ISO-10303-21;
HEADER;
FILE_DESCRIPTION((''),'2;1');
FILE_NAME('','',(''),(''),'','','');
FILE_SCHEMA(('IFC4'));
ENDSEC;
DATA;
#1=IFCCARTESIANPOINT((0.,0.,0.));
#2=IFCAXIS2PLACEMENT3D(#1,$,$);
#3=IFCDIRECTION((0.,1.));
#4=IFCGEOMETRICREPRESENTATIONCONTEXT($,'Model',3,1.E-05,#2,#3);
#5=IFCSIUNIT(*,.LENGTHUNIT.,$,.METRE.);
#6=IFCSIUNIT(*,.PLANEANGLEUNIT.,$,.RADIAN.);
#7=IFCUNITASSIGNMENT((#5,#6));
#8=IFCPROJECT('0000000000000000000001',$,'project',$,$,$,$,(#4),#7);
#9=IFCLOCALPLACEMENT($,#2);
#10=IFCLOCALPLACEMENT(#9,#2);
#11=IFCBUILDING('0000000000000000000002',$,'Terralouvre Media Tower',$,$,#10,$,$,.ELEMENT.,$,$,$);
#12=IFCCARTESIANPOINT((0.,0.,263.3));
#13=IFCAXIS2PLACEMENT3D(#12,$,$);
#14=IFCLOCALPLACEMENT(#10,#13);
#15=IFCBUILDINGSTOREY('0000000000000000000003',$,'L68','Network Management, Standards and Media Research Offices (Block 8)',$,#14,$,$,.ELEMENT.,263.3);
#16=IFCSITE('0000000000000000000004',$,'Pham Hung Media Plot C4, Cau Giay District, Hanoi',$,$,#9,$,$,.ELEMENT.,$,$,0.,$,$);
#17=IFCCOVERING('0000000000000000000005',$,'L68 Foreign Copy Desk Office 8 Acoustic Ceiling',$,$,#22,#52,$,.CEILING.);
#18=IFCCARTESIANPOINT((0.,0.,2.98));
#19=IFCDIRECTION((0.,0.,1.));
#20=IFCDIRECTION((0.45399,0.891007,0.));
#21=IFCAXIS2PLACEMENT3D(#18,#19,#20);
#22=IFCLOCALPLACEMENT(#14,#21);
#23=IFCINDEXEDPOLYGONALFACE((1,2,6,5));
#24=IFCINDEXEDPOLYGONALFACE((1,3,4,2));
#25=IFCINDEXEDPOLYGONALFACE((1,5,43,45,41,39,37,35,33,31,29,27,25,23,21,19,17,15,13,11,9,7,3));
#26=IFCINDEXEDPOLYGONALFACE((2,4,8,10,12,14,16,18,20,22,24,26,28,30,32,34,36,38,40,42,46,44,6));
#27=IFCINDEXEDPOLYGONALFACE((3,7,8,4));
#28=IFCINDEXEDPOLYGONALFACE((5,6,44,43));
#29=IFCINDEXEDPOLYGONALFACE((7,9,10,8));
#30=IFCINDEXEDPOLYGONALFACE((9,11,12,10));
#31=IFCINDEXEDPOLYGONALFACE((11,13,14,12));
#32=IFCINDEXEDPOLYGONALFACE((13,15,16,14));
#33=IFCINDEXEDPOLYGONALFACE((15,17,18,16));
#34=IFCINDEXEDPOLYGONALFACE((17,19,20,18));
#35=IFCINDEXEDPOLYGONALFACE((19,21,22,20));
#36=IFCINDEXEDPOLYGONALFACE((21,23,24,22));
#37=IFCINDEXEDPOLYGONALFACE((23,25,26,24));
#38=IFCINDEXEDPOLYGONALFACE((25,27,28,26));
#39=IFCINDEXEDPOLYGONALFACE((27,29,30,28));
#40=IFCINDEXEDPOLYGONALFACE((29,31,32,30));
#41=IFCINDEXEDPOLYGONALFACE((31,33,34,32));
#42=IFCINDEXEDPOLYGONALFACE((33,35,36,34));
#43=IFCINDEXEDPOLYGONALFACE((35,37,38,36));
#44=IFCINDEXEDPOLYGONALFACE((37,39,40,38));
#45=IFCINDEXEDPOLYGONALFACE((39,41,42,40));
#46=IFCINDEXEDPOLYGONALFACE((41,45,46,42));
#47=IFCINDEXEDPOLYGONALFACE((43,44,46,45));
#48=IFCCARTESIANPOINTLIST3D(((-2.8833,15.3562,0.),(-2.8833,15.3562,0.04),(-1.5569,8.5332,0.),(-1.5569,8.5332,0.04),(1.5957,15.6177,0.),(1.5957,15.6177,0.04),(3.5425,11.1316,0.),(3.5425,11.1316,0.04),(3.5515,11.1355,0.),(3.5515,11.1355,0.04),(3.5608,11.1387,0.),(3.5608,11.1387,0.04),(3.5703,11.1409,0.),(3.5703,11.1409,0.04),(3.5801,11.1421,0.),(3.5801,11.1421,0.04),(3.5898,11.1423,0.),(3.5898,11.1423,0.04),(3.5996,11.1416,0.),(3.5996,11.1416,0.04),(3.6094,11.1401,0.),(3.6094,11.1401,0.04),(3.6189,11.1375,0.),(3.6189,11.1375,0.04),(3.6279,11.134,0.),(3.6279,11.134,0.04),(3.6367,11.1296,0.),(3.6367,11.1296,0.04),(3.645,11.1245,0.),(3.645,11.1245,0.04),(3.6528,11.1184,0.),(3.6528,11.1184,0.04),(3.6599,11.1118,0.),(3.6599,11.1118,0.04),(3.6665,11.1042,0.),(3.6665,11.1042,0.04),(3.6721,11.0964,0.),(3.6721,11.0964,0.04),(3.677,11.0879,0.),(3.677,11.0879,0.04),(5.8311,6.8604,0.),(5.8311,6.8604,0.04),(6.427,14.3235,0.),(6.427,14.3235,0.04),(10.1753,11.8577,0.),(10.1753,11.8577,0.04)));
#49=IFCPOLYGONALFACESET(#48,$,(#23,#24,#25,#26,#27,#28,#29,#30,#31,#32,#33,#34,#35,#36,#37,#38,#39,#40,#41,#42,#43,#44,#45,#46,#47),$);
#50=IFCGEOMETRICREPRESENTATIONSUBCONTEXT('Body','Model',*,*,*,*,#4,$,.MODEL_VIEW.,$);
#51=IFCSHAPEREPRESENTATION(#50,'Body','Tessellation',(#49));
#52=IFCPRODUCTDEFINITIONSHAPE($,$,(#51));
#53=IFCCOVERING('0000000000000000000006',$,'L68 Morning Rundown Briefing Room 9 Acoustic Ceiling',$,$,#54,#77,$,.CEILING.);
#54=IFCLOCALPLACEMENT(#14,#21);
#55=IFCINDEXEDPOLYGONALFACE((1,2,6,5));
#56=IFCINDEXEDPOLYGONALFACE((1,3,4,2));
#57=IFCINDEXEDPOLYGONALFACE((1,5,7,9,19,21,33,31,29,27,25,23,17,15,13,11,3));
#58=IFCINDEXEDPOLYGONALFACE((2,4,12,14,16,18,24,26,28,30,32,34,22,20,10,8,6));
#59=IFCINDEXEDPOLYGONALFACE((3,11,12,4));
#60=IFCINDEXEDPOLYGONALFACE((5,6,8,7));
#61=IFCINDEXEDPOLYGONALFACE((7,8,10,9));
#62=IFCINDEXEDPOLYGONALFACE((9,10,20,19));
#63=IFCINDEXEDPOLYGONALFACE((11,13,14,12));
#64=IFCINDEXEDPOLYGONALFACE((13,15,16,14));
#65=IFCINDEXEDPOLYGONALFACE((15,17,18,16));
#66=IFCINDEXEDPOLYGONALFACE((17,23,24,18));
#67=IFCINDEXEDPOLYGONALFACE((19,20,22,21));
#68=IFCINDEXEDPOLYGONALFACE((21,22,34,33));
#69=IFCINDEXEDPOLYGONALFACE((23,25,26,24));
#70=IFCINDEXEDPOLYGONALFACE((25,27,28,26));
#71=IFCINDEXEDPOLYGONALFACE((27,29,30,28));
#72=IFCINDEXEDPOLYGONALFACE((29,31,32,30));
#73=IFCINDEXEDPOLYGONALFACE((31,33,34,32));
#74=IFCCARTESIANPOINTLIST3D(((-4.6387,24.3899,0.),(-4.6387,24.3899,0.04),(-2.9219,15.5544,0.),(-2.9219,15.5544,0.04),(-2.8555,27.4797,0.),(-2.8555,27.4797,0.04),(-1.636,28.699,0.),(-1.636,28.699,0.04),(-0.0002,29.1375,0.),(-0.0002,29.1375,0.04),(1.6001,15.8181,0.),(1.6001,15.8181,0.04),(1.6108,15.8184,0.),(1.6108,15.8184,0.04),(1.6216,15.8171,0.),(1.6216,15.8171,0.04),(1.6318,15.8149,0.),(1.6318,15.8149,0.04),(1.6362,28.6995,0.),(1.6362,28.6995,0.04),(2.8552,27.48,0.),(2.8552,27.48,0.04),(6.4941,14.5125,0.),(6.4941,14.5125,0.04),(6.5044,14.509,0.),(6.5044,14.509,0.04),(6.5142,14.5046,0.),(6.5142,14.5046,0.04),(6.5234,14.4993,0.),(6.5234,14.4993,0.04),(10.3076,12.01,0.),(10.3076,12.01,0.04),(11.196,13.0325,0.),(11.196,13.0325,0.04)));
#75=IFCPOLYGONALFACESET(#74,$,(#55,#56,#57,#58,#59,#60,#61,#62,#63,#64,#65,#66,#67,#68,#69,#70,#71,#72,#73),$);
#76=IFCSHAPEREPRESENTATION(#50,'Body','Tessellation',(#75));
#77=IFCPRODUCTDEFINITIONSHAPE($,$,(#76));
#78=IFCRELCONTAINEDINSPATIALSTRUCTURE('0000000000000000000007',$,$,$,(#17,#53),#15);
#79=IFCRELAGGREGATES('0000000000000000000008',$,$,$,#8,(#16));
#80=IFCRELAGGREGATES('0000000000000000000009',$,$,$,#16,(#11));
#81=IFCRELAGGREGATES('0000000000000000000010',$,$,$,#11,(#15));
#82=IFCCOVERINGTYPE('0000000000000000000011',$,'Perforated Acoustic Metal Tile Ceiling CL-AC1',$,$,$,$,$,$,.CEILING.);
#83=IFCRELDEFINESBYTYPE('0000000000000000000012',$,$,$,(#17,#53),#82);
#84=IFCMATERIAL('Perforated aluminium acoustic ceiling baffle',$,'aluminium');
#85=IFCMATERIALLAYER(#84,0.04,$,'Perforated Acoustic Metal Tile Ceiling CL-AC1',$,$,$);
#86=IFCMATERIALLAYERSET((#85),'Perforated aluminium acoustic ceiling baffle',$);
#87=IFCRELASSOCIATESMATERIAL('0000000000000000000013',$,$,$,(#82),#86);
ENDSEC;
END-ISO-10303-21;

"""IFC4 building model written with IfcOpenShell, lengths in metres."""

from ifc_helpers import new_model, si_unit, direction, frame, origin, place, context, subcontext, project, spatial, polyline, outline, extrude, material, layer, layer_set, type_object, element, save


model = new_model("IFC4")

# Units and contexts
model_context = context("Model", 3, precision=1e-05, world=origin(), true_north=direction((0.0, 1.0)))
body_context = subcontext(model_context, "Body", "Model", "MODEL_VIEW")
ifc_project = project(units=[si_unit("LENGTHUNIT", "METRE"), si_unit("PLANEANGLEUNIT", "RADIAN")], contexts=[model_context])

# Site, building, storey
site_placement = place(None, origin())
site = spatial("IfcSite", under=ifc_project, at=site_placement, Name="Pham Hung Media Plot C4, Cau Giay District, Hanoi", CompositionType="ELEMENT", RefElevation=0.0)
building_placement = place(site_placement, origin())
building = spatial("IfcBuilding", under=site, at=building_placement, Name="Terralouvre Media Tower", CompositionType="ELEMENT")
storey_placement = place(building_placement, frame((0.0, 0.0, 263.3)))
storey = spatial("IfcBuildingStorey", under=building, at=storey_placement, Name="L68", Description="Network Management, Standards and Media Research Offices (Block 8)", CompositionType="ELEMENT", Elevation=263.3)

# Coverings
ifc_material_1 = material(Name="Perforated aluminium acoustic ceiling baffle", Category="aluminium")
ifc_layer_1 = layer(ifc_material_1, 0.04, Name="Perforated Acoustic Metal Tile Ceiling CL-AC1")
ifc_layer_set_1 = layer_set([ifc_layer_1], Name="Perforated aluminium acoustic ceiling baffle")
covering_type = type_object("IfcCoveringType", Name="Perforated Acoustic Metal Tile Ceiling CL-AC1", PredefinedType="CEILING", material=ifc_layer_set_1)
covering_1_placement = place(storey_placement, frame((0.0, 0.0, 2.98), z_axis=(0.0, 0.0, 1.0), x_axis=(0.45399, 0.891007, 0.0)))
element("IfcCovering", 1, at=covering_1_placement, inside=storey, type_object=covering_type, Name="L68 Foreign Copy Desk Office 8 Acoustic Ceiling", PredefinedType="CEILING", context=body_context, shape_type="SweptSolid", body=[
    extrude(outline(polyline([(6.427, 14.3235), (1.5957, 15.6177), (-2.8833, 15.3562), (-1.5569, 8.5332), (3.5425, 11.1316), (3.5515, 11.1355), (3.5608, 11.1387), (3.5703, 11.1409), (3.5801, 11.1421), (3.5898, 11.1423), (3.5996, 11.1416), (3.6094, 11.1401), (3.6189, 11.1375), (3.6279, 11.134), (3.6367, 11.1296), (3.645, 11.1245), (3.6528, 11.1184), (3.6599, 11.1118), (3.6665, 11.1042), (3.6721, 11.0964), (3.677, 11.0879), (5.8311, 6.8604), (10.1753, 11.8577), (6.427, 14.3235)])), origin(), (0.0, 0.0, 1.0), 0.04),
])
covering_2_placement = place(storey_placement, frame((0.0, 0.0, 2.98), z_axis=(0.0, 0.0, 1.0), x_axis=(0.45399, 0.891007, 0.0)))
element("IfcCovering", 2, at=covering_2_placement, inside=storey, type_object=covering_type, Name="L68 Morning Rundown Briefing Room 9 Acoustic Ceiling", PredefinedType="CEILING", context=body_context, shape_type="SweptSolid", body=[
    extrude(outline(polyline([(-2.9219, 15.5544), (1.6001, 15.8181), (1.6108, 15.8184), (1.6216, 15.8171), (1.6318, 15.8149), (6.4941, 14.5125), (6.5044, 14.509), (6.5142, 14.5046), (6.5234, 14.4993), (10.3076, 12.01), (11.196, 13.0325), (2.8552, 27.48), (1.6362, 28.6995), (-0.0002, 29.1375), (-1.636, 28.699), (-2.8555, 27.4797), (-4.6387, 24.3899), (-2.9219, 15.5544)])), origin(), (0.0, 0.0, 1.0), 0.04),
])

save(model, "model.ifc")
